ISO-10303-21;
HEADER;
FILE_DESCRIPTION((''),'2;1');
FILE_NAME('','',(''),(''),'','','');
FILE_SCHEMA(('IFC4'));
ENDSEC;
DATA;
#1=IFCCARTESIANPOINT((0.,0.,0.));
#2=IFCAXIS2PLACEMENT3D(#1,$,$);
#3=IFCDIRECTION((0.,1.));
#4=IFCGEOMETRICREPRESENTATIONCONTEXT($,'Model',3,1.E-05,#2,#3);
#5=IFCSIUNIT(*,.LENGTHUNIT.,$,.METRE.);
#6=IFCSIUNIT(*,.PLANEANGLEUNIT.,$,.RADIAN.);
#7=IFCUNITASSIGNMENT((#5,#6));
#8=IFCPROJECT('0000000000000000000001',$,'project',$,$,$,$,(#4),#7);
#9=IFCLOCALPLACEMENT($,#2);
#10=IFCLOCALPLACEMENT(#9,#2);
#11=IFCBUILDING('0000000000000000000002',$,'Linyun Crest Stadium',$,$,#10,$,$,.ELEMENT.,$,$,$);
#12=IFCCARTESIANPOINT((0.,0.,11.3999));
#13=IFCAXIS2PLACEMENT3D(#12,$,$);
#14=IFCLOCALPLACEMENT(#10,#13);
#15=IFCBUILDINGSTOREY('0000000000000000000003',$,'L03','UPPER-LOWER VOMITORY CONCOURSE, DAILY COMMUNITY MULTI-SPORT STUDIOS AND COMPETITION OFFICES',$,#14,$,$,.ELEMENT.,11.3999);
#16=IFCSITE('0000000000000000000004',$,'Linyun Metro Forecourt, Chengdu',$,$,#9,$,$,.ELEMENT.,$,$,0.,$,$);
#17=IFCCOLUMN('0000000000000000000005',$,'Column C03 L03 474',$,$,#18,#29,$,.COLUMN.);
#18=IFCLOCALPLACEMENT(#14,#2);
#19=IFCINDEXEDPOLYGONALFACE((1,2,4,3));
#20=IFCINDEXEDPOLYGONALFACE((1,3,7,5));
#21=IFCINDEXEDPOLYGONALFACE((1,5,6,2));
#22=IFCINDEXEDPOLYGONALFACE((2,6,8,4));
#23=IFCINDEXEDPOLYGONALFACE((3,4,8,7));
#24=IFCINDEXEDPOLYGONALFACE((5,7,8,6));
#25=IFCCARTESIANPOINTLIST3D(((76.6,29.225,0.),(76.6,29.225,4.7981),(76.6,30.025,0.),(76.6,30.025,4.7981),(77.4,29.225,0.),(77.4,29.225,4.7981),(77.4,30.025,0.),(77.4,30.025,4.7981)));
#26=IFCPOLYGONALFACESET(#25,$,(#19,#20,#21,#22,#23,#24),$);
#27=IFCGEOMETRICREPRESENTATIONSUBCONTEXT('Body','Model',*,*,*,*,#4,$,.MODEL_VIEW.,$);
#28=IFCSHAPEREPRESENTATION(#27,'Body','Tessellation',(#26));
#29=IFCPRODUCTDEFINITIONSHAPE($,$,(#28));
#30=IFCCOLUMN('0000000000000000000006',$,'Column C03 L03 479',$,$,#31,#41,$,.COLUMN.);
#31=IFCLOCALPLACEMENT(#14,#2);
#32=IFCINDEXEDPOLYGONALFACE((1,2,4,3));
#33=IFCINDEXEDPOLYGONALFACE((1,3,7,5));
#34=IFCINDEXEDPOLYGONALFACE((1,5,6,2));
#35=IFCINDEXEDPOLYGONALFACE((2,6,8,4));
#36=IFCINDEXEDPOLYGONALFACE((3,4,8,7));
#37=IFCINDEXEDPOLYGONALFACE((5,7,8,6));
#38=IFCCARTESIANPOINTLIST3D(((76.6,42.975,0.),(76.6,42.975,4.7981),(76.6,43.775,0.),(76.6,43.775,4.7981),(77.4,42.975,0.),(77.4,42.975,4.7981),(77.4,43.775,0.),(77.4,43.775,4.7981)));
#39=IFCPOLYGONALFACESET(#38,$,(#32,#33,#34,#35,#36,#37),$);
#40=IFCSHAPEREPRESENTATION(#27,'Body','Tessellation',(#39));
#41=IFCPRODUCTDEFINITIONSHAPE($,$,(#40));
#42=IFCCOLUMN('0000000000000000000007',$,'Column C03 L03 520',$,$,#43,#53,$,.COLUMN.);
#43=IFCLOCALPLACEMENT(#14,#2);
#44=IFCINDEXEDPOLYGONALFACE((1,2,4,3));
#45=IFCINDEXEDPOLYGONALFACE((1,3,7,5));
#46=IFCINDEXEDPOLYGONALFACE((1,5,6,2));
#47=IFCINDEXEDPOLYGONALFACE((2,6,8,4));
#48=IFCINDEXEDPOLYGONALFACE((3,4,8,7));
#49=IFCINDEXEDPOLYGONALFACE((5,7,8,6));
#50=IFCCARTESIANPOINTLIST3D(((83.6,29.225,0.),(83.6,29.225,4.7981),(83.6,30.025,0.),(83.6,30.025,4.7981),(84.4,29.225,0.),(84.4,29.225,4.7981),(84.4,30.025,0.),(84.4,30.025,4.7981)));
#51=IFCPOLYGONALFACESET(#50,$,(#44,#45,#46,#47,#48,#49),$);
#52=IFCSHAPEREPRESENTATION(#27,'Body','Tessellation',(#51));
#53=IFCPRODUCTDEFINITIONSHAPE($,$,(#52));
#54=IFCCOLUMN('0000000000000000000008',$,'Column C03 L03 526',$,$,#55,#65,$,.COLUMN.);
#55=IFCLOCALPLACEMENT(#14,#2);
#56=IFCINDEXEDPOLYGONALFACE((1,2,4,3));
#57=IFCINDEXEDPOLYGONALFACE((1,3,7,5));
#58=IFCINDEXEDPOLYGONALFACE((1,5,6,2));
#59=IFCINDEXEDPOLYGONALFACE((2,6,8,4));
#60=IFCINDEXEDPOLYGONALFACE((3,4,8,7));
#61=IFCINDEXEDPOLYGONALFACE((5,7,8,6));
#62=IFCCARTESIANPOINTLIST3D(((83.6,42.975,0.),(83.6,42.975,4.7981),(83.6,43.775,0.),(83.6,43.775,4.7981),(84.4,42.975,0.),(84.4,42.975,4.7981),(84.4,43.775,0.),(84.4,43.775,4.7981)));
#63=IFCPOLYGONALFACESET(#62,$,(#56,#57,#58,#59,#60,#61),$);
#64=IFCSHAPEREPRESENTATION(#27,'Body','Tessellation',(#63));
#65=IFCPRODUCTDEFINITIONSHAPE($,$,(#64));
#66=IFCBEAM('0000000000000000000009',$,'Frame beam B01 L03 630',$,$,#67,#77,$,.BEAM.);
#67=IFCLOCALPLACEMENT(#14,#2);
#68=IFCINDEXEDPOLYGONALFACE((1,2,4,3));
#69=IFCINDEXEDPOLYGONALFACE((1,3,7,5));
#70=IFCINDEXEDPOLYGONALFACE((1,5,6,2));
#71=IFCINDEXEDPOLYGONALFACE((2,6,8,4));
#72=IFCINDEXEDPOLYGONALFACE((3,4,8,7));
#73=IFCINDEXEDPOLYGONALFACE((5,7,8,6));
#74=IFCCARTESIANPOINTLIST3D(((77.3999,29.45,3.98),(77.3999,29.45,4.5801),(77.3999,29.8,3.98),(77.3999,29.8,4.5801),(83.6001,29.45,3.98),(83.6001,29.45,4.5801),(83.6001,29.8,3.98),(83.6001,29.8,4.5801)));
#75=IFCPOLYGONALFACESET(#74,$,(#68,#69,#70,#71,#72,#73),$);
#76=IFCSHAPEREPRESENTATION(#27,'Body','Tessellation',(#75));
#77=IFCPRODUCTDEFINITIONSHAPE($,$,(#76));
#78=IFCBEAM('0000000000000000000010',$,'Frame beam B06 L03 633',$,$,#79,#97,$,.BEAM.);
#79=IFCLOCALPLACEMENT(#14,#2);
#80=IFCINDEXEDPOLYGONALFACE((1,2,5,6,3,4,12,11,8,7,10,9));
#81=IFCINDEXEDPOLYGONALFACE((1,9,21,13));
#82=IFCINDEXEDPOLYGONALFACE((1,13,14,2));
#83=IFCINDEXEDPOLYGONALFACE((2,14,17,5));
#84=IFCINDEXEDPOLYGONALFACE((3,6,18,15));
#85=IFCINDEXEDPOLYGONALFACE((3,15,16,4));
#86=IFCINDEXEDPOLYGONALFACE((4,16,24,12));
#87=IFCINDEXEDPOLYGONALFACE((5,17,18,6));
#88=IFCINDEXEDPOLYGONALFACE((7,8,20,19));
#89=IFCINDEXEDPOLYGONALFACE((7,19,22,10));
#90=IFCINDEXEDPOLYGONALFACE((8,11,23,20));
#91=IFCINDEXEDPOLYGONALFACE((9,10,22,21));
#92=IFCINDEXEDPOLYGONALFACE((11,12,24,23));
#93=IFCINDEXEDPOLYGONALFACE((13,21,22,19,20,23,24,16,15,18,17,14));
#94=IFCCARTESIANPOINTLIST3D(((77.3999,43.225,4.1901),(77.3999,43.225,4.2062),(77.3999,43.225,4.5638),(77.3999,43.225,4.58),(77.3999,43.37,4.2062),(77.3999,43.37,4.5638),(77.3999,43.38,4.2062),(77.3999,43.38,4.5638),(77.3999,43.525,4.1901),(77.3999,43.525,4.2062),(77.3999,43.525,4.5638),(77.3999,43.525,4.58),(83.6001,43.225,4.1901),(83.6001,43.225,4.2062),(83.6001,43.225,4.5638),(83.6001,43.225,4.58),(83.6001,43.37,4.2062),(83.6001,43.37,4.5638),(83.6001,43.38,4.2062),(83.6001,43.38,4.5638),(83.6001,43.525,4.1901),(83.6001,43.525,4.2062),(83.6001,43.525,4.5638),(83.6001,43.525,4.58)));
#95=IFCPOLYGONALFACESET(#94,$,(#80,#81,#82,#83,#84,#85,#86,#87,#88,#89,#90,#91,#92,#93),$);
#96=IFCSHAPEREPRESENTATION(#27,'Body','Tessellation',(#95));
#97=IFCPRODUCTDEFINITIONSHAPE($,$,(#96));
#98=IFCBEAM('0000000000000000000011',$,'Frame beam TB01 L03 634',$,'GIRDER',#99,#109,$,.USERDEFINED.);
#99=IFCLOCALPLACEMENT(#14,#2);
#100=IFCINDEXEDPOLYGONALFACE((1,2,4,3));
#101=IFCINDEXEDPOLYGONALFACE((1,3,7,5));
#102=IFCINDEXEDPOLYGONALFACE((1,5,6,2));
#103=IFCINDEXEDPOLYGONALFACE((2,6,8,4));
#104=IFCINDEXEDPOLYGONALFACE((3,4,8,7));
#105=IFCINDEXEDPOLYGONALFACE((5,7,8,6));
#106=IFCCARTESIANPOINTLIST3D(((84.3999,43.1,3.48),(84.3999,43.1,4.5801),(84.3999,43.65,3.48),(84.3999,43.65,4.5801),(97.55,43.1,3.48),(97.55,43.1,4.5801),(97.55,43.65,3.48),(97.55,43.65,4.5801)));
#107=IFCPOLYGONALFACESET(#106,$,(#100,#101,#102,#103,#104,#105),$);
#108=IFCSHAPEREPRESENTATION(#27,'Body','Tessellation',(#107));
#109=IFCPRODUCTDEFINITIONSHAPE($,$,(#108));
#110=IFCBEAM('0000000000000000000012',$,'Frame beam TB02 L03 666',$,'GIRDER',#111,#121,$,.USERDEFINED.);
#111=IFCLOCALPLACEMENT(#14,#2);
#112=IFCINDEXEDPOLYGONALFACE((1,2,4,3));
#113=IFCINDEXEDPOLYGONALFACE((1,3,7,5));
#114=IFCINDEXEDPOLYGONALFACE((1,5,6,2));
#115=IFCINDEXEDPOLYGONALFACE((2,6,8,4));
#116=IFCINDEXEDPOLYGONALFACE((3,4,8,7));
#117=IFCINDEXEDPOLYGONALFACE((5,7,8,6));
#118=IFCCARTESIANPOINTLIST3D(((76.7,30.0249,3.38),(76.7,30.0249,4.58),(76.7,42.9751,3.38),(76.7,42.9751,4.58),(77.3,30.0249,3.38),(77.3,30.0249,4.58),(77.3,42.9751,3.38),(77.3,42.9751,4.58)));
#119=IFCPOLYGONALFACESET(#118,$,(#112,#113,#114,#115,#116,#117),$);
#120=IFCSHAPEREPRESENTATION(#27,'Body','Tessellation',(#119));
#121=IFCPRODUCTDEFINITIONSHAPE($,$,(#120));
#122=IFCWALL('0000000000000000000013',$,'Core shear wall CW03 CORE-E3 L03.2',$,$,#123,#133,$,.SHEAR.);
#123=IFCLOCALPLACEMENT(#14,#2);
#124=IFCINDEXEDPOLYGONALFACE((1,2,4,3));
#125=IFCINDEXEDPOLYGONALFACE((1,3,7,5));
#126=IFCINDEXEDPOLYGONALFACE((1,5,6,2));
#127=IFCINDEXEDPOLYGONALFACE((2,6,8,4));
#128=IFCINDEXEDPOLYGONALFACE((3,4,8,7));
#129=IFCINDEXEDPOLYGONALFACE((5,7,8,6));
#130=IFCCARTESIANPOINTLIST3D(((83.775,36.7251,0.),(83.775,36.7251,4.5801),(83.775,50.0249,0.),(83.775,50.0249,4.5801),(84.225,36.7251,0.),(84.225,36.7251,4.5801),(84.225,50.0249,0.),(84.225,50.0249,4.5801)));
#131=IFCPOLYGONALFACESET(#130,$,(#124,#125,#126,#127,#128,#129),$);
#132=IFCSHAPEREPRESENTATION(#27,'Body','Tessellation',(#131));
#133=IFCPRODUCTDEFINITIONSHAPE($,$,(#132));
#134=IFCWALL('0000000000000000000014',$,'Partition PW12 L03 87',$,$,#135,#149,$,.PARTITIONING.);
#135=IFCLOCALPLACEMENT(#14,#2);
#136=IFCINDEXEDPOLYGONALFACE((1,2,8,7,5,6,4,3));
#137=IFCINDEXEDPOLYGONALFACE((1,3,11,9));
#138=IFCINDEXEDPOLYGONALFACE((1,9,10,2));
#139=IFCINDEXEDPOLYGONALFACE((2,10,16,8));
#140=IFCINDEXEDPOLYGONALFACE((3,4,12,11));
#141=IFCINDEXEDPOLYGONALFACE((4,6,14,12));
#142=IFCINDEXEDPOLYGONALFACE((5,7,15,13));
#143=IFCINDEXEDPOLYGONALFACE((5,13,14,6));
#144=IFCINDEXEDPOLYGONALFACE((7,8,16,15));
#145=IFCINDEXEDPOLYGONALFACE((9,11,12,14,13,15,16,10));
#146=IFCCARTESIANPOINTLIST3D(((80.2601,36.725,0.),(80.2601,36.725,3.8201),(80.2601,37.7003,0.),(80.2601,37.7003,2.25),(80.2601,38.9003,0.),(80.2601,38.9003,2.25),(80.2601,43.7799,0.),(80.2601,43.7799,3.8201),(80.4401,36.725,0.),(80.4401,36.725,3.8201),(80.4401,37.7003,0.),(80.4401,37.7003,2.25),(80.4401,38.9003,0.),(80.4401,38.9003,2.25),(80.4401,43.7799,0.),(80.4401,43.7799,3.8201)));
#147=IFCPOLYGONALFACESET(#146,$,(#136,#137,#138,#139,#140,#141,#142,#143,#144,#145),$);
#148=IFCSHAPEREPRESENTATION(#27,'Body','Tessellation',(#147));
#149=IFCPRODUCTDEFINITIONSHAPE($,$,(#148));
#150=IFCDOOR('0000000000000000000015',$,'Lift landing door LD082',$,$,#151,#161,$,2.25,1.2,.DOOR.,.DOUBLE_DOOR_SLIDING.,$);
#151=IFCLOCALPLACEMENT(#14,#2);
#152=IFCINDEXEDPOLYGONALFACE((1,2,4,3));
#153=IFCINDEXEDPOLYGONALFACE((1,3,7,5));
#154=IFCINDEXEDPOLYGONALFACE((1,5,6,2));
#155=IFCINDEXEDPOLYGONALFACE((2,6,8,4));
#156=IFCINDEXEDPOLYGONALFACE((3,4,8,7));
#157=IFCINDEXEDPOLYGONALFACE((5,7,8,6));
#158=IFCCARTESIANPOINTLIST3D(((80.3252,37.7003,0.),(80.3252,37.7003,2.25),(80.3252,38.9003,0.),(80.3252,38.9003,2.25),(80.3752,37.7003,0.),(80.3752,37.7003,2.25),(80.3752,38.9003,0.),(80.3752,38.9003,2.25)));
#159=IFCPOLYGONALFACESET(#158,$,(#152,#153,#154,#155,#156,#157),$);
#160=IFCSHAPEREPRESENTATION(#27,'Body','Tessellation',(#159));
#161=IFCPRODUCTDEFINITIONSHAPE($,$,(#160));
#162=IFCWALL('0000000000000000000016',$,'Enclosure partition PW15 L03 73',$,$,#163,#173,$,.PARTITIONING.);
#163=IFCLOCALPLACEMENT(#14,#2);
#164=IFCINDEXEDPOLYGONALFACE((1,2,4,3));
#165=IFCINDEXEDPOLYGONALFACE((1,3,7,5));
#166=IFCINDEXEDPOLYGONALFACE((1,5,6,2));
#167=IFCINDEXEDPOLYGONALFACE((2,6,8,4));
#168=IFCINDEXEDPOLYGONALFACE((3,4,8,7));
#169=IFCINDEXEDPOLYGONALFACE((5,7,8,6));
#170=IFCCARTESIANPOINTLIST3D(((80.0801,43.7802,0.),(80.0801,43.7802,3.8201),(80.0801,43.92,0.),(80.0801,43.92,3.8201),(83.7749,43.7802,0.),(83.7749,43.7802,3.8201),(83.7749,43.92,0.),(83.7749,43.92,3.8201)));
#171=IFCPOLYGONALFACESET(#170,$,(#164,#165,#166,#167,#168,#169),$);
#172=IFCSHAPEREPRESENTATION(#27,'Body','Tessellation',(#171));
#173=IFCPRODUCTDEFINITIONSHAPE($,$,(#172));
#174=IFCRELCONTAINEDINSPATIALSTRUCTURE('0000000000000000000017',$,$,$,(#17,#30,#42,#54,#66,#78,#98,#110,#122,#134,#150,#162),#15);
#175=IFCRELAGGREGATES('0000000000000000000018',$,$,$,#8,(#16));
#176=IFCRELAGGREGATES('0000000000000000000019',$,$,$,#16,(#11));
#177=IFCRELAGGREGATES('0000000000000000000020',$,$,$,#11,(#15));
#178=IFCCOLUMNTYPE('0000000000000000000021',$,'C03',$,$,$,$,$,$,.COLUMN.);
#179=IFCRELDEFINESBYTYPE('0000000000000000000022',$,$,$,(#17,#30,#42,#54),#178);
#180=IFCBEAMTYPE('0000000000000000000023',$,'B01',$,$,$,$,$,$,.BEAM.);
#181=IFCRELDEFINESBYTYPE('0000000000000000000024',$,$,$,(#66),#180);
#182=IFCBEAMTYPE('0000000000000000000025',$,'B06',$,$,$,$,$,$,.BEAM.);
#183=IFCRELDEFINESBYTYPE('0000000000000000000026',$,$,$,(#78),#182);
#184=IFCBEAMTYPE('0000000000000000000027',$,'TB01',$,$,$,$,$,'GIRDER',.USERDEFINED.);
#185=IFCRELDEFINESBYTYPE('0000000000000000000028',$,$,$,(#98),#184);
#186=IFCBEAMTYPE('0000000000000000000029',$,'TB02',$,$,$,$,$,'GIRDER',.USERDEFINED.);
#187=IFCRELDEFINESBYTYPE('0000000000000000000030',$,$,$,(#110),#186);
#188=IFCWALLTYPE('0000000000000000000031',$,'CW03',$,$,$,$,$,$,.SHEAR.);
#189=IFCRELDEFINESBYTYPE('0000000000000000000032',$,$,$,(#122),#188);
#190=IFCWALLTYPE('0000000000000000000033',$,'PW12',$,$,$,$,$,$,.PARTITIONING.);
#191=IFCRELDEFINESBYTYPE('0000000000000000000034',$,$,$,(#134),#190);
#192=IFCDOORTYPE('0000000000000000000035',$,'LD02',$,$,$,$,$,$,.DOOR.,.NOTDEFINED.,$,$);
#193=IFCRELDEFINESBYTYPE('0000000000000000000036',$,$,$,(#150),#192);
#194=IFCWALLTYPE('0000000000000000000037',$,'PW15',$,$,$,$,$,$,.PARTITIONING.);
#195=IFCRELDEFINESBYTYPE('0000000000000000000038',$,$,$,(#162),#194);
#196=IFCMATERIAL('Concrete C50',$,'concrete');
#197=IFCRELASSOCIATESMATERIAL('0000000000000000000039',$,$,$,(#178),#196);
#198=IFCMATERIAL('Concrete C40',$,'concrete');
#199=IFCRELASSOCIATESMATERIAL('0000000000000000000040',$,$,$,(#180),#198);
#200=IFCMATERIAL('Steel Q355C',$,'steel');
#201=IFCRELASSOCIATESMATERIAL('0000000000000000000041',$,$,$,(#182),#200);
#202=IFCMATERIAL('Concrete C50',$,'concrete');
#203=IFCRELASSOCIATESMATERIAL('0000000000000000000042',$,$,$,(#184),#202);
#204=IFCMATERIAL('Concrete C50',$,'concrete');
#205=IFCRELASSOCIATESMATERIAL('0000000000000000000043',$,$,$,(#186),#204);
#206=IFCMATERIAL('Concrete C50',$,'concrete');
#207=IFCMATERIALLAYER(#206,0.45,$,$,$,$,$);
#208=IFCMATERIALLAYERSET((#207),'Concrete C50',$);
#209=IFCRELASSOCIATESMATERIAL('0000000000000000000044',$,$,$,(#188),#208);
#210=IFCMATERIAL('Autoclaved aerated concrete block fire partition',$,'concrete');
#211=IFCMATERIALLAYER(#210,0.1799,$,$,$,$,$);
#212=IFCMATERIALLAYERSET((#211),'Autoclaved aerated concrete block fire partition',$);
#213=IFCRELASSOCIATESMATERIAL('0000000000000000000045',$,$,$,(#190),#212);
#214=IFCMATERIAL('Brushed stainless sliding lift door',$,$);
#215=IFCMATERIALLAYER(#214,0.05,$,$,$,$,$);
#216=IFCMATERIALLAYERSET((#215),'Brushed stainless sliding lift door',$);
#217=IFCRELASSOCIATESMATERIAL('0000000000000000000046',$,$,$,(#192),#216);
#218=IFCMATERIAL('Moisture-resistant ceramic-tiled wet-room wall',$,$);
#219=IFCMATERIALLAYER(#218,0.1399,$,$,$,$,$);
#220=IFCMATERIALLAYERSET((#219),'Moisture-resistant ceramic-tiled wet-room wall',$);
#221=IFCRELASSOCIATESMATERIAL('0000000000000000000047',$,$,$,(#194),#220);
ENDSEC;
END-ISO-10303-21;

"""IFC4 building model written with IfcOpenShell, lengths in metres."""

from ifc_helpers import new_model, si_unit, direction, frame, frame_2d, origin, origin_2d, place, context, subcontext, project, spatial, rectangle, i_section, extrude, material, layer, layer_set, material_profile, profile_set, type_object, element, fill, save


model = new_model("IFC4")

# Units and contexts
model_context = context("Model", 3, precision=1e-05, world=origin(), true_north=direction((0.0, 1.0)))
body_context = subcontext(model_context, "Body", "Model", "MODEL_VIEW")
ifc_project = project(units=[si_unit("LENGTHUNIT", "METRE"), si_unit("PLANEANGLEUNIT", "RADIAN")], contexts=[model_context])

# Site, building, storey
site_placement = place(None, origin())
site = spatial("IfcSite", under=ifc_project, at=site_placement, Name="Linyun Metro Forecourt, Chengdu", CompositionType="ELEMENT", RefElevation=0.0)
building_placement = place(site_placement, origin())
building = spatial("IfcBuilding", under=site, at=building_placement, Name="Linyun Crest Stadium", CompositionType="ELEMENT")
storey_placement = place(building_placement, frame((0.0, 0.0, 11.3999)))
storey = spatial("IfcBuildingStorey", under=building, at=storey_placement, Name="L03", Description="UPPER-LOWER VOMITORY CONCOURSE, DAILY COMMUNITY MULTI-SPORT STUDIOS AND COMPETITION OFFICES", CompositionType="ELEMENT", Elevation=11.3999)

# Columns
ifc_material_1 = material(Name="Concrete C50", Category="concrete")
ifc_material_profile_1 = material_profile(ifc_material_1, rectangle(XDim=0.8, YDim=0.8, at=origin_2d()), Name="RC 800x800")
ifc_profile_set_1 = profile_set([ifc_material_profile_1], Name="Concrete C50")
column_type = type_object("IfcColumnType", Name="C03", PredefinedType="COLUMN", material=ifc_profile_set_1)
for number, where, z_axis, x_axis, name in (
    (1, (77.0, 29.625, 0.0), (0.0, 0.0, 1.0), (1.0, 0.0, 0.0), "Column C03 L03 474"),
    (2, (77.0, 43.375, 0.0), (0.0, 0.0, 1.0), (1.0, 0.0, 0.0), "Column C03 L03 479"),
    (3, (84.0, 29.625, 0.0), (0.0, 0.0, 1.0), (1.0, 0.0, 0.0), "Column C03 L03 520"),
    (4, (84.0, 43.375, 0.0), (0.0, 0.0, 1.0), (1.0, 0.0, 0.0), "Column C03 L03 526"),
):
    element("IfcColumn", number, at=place(storey_placement, frame(where, z_axis=z_axis, x_axis=x_axis)), inside=storey, type_object=column_type, Name=name, PredefinedType="COLUMN", context=body_context, shape_type="SweptSolid", body=[
        extrude(rectangle(XDim=0.8, YDim=0.8, at=origin_2d()), origin(), (0.0, 0.0, 1.0), 4.7981),
    ])

# Beams
ifc_material_2 = material(Name="Concrete C40", Category="concrete")
ifc_material_profile_2 = material_profile(ifc_material_2, rectangle(XDim=0.3501, YDim=0.6001, at=origin_2d()), Name="RCB 600x350")
ifc_profile_set_2 = profile_set([ifc_material_profile_2], Name="Concrete C40")
beam_type_1 = type_object("IfcBeamType", Name="B01", PredefinedType="BEAM", material=ifc_profile_set_2)
beam_1_placement = place(storey_placement, frame((77.3999, 29.625, 4.28), z_axis=(1.0, 0.0, 0.0), x_axis=(0.0, 1.0, 0.0)))
element("IfcBeam", 5, at=beam_1_placement, inside=storey, type_object=beam_type_1, Name="Frame beam B01 L03 630", PredefinedType="BEAM", context=body_context, shape_type="SweptSolid", body=[
    extrude(rectangle(XDim=0.3501, YDim=0.6001, at=origin_2d()), origin(), (0.0, 0.0, 1.0), 6.2002),
])
ifc_material_3 = material(Name="Steel Q355C", Category="steel")
ifc_material_profile_3 = material_profile(ifc_material_3, i_section(OverallWidth=0.3, OverallDepth=0.3899, WebThickness=0.01, FlangeThickness=0.0161, at=origin_2d()), Name="HM 390x300")
ifc_profile_set_3 = profile_set([ifc_material_profile_3], Name="Steel Q355C")
beam_type_2 = type_object("IfcBeamType", Name="B06", PredefinedType="BEAM", material=ifc_profile_set_3)
beam_2_placement = place(storey_placement, frame((77.3999, 43.375, 4.385), z_axis=(1.0, 0.0, 0.0), x_axis=(0.0, 1.0, 0.0)))
element("IfcBeam", 6, at=beam_2_placement, inside=storey, type_object=beam_type_2, Name="Frame beam B06 L03 633", PredefinedType="BEAM", context=body_context, shape_type="SweptSolid", body=[
    extrude(i_section(OverallWidth=0.3, OverallDepth=0.3899, WebThickness=0.01, FlangeThickness=0.0161, at=origin_2d()), origin(), (0.0, 0.0, 1.0), 6.2002),
])
ifc_material_4 = material(Name="Concrete C50", Category="concrete")
ifc_material_profile_4 = material_profile(ifc_material_4, rectangle(XDim=0.55, YDim=1.1001, at=origin_2d()), Name="RCB 1100x550")
ifc_profile_set_4 = profile_set([ifc_material_profile_4], Name="Concrete C50")
beam_type_3 = type_object("IfcBeamType", Name="TB01", ElementType="GIRDER", PredefinedType="USERDEFINED", material=ifc_profile_set_4)
beam_3_placement = place(storey_placement, frame((84.3999, 43.375, 4.03), z_axis=(1.0, 0.0, 0.0), x_axis=(0.0, 1.0, 0.0)))
element("IfcBeam", 7, at=beam_3_placement, inside=storey, type_object=beam_type_3, Name="Frame beam TB01 L03 634", ObjectType="GIRDER", PredefinedType="USERDEFINED", context=body_context, shape_type="SweptSolid", body=[
    extrude(rectangle(XDim=0.55, YDim=1.1001, at=origin_2d()), origin(), (0.0, 0.0, 1.0), 13.1501),
])
ifc_material_5 = material(Name="Concrete C50", Category="concrete")
ifc_material_profile_5 = material_profile(ifc_material_5, rectangle(XDim=0.6001, YDim=1.2, at=origin_2d()), Name="RCB 1200x600")
ifc_profile_set_5 = profile_set([ifc_material_profile_5], Name="Concrete C50")
beam_type_4 = type_object("IfcBeamType", Name="TB02", ElementType="GIRDER", PredefinedType="USERDEFINED", material=ifc_profile_set_5)
beam_4_placement = place(storey_placement, frame((77.0, 30.0249, 3.98), z_axis=(0.0, 1.0, 0.0), x_axis=(-1.0, 0.0, 0.0)))
element("IfcBeam", 8, at=beam_4_placement, inside=storey, type_object=beam_type_4, Name="Frame beam TB02 L03 666", ObjectType="GIRDER", PredefinedType="USERDEFINED", context=body_context, shape_type="SweptSolid", body=[
    extrude(rectangle(XDim=0.6001, YDim=1.2, at=origin_2d()), origin(), (0.0, 0.0, 1.0), 12.9502),
])

# Wall
ifc_material_6 = material(Name="Concrete C50", Category="concrete")
ifc_layer_1 = layer(ifc_material_6, 0.45)
ifc_layer_set_1 = layer_set([ifc_layer_1], Name="Concrete C50")
wall_type_1 = type_object("IfcWallType", Name="CW03", PredefinedType="SHEAR", material=ifc_layer_set_1)
wall_1_placement = place(storey_placement, frame((84.0, 36.7251, 0.0), z_axis=(0.0, 0.0, 1.0), x_axis=(0.0, 1.0, 0.0)))
element("IfcWall", 9, at=wall_1_placement, inside=storey, type_object=wall_type_1, Name="Core shear wall CW03 CORE-E3 L03.2", PredefinedType="SHEAR", context=body_context, shape_type="SweptSolid", body=[
    extrude(rectangle(XDim=13.2998, YDim=0.45, at=frame_2d((6.6499, 0.0))), origin(), (0.0, 0.0, 1.0), 4.5801),
])

# Wall, opening, door
ifc_material_7 = material(Name="Autoclaved aerated concrete block fire partition", Category="concrete")
ifc_layer_2 = layer(ifc_material_7, 0.1799)
ifc_layer_set_2 = layer_set([ifc_layer_2], Name="Autoclaved aerated concrete block fire partition")
wall_type_2 = type_object("IfcWallType", Name="PW12", PredefinedType="PARTITIONING", material=ifc_layer_set_2)
wall_2_placement = place(storey_placement, frame((80.3501, 36.7251, 0.0), z_axis=(0.0, 0.0, 1.0), x_axis=(0.0, 1.0, 0.0)))
wall_2 = element("IfcWall", 10, at=wall_2_placement, inside=storey, type_object=wall_type_2, Name="Partition PW12 L03 87", PredefinedType="PARTITIONING", context=body_context, shape_type="SweptSolid", body=[
    extrude(rectangle(XDim=7.0549, YDim=0.1799, at=frame_2d((3.5273, 0.0))), origin(), (0.0, 0.0, 1.0), 3.8201),
])
opening_1_placement = place(wall_2_placement, frame((0.9751, 0.0, 0.0)))
opening_1 = element("IfcOpeningElement", 11, at=opening_1_placement, cuts=wall_2, PredefinedType="OPENING", context=body_context, shape_type="SweptSolid", body=[
    extrude(rectangle(XDim=1.2, YDim=2.25, at=frame_2d((0.6001, 1.125))), frame((0.0, 0.0999, 0.0), z_axis=(0.0, -1.0, 0.0), x_axis=(1.0, 0.0, 0.0)), (0.0, 0.0, 1.0), 0.2),
])
ifc_material_8 = material(Name="Brushed stainless sliding lift door")
ifc_layer_3 = layer(ifc_material_8, 0.05)
ifc_layer_set_3 = layer_set([ifc_layer_3], Name="Brushed stainless sliding lift door")
door_type_1 = type_object("IfcDoorType", Name="LD02", OperationType="NOTDEFINED", PredefinedType="DOOR", material=ifc_layer_set_3)
door_1_placement = place(opening_1_placement, origin())
door_1 = element("IfcDoor", 12, at=door_1_placement, inside=storey, type_object=door_type_1, Name="Lift landing door LD082", OperationType="DOUBLE_DOOR_SLIDING", OverallHeight=2.25, OverallWidth=1.2, PredefinedType="DOOR", context=body_context, shape_type="SweptSolid", body=[
    extrude(rectangle(XDim=1.2, YDim=2.25, at=frame_2d((0.6001, 1.125))), frame((0.0, 0.0249, 0.0), z_axis=(0.0, -1.0, 0.0), x_axis=(1.0, 0.0, 0.0)), (0.0, 0.0, 1.0), 0.05),
])
fill(opening_1, door_1)

# Shared definitions
ifc_material_9 = material(Name="Moisture-resistant ceramic-tiled wet-room wall")
ifc_layer_4 = layer(ifc_material_9, 0.1399)
ifc_layer_set_4 = layer_set([ifc_layer_4], Name="Moisture-resistant ceramic-tiled wet-room wall")
wall_type_3 = type_object("IfcWallType", Name="PW15", PredefinedType="PARTITIONING", material=ifc_layer_set_4)

# Wall
wall_3_placement = place(storey_placement, frame((80.0801, 43.8501, 0.0), z_axis=(0.0, 0.0, 1.0), x_axis=(1.0, 0.0, 0.0)))
element("IfcWall", 13, at=wall_3_placement, inside=storey, type_object=wall_type_3, Name="Enclosure partition PW15 L03 73", PredefinedType="PARTITIONING", context=body_context, shape_type="SweptSolid", body=[
    extrude(rectangle(XDim=3.6948, YDim=0.1399, at=frame_2d((1.8474, 0.0))), origin(), (0.0, 0.0, 1.0), 3.8201),
])

save(model, "model.ifc")
